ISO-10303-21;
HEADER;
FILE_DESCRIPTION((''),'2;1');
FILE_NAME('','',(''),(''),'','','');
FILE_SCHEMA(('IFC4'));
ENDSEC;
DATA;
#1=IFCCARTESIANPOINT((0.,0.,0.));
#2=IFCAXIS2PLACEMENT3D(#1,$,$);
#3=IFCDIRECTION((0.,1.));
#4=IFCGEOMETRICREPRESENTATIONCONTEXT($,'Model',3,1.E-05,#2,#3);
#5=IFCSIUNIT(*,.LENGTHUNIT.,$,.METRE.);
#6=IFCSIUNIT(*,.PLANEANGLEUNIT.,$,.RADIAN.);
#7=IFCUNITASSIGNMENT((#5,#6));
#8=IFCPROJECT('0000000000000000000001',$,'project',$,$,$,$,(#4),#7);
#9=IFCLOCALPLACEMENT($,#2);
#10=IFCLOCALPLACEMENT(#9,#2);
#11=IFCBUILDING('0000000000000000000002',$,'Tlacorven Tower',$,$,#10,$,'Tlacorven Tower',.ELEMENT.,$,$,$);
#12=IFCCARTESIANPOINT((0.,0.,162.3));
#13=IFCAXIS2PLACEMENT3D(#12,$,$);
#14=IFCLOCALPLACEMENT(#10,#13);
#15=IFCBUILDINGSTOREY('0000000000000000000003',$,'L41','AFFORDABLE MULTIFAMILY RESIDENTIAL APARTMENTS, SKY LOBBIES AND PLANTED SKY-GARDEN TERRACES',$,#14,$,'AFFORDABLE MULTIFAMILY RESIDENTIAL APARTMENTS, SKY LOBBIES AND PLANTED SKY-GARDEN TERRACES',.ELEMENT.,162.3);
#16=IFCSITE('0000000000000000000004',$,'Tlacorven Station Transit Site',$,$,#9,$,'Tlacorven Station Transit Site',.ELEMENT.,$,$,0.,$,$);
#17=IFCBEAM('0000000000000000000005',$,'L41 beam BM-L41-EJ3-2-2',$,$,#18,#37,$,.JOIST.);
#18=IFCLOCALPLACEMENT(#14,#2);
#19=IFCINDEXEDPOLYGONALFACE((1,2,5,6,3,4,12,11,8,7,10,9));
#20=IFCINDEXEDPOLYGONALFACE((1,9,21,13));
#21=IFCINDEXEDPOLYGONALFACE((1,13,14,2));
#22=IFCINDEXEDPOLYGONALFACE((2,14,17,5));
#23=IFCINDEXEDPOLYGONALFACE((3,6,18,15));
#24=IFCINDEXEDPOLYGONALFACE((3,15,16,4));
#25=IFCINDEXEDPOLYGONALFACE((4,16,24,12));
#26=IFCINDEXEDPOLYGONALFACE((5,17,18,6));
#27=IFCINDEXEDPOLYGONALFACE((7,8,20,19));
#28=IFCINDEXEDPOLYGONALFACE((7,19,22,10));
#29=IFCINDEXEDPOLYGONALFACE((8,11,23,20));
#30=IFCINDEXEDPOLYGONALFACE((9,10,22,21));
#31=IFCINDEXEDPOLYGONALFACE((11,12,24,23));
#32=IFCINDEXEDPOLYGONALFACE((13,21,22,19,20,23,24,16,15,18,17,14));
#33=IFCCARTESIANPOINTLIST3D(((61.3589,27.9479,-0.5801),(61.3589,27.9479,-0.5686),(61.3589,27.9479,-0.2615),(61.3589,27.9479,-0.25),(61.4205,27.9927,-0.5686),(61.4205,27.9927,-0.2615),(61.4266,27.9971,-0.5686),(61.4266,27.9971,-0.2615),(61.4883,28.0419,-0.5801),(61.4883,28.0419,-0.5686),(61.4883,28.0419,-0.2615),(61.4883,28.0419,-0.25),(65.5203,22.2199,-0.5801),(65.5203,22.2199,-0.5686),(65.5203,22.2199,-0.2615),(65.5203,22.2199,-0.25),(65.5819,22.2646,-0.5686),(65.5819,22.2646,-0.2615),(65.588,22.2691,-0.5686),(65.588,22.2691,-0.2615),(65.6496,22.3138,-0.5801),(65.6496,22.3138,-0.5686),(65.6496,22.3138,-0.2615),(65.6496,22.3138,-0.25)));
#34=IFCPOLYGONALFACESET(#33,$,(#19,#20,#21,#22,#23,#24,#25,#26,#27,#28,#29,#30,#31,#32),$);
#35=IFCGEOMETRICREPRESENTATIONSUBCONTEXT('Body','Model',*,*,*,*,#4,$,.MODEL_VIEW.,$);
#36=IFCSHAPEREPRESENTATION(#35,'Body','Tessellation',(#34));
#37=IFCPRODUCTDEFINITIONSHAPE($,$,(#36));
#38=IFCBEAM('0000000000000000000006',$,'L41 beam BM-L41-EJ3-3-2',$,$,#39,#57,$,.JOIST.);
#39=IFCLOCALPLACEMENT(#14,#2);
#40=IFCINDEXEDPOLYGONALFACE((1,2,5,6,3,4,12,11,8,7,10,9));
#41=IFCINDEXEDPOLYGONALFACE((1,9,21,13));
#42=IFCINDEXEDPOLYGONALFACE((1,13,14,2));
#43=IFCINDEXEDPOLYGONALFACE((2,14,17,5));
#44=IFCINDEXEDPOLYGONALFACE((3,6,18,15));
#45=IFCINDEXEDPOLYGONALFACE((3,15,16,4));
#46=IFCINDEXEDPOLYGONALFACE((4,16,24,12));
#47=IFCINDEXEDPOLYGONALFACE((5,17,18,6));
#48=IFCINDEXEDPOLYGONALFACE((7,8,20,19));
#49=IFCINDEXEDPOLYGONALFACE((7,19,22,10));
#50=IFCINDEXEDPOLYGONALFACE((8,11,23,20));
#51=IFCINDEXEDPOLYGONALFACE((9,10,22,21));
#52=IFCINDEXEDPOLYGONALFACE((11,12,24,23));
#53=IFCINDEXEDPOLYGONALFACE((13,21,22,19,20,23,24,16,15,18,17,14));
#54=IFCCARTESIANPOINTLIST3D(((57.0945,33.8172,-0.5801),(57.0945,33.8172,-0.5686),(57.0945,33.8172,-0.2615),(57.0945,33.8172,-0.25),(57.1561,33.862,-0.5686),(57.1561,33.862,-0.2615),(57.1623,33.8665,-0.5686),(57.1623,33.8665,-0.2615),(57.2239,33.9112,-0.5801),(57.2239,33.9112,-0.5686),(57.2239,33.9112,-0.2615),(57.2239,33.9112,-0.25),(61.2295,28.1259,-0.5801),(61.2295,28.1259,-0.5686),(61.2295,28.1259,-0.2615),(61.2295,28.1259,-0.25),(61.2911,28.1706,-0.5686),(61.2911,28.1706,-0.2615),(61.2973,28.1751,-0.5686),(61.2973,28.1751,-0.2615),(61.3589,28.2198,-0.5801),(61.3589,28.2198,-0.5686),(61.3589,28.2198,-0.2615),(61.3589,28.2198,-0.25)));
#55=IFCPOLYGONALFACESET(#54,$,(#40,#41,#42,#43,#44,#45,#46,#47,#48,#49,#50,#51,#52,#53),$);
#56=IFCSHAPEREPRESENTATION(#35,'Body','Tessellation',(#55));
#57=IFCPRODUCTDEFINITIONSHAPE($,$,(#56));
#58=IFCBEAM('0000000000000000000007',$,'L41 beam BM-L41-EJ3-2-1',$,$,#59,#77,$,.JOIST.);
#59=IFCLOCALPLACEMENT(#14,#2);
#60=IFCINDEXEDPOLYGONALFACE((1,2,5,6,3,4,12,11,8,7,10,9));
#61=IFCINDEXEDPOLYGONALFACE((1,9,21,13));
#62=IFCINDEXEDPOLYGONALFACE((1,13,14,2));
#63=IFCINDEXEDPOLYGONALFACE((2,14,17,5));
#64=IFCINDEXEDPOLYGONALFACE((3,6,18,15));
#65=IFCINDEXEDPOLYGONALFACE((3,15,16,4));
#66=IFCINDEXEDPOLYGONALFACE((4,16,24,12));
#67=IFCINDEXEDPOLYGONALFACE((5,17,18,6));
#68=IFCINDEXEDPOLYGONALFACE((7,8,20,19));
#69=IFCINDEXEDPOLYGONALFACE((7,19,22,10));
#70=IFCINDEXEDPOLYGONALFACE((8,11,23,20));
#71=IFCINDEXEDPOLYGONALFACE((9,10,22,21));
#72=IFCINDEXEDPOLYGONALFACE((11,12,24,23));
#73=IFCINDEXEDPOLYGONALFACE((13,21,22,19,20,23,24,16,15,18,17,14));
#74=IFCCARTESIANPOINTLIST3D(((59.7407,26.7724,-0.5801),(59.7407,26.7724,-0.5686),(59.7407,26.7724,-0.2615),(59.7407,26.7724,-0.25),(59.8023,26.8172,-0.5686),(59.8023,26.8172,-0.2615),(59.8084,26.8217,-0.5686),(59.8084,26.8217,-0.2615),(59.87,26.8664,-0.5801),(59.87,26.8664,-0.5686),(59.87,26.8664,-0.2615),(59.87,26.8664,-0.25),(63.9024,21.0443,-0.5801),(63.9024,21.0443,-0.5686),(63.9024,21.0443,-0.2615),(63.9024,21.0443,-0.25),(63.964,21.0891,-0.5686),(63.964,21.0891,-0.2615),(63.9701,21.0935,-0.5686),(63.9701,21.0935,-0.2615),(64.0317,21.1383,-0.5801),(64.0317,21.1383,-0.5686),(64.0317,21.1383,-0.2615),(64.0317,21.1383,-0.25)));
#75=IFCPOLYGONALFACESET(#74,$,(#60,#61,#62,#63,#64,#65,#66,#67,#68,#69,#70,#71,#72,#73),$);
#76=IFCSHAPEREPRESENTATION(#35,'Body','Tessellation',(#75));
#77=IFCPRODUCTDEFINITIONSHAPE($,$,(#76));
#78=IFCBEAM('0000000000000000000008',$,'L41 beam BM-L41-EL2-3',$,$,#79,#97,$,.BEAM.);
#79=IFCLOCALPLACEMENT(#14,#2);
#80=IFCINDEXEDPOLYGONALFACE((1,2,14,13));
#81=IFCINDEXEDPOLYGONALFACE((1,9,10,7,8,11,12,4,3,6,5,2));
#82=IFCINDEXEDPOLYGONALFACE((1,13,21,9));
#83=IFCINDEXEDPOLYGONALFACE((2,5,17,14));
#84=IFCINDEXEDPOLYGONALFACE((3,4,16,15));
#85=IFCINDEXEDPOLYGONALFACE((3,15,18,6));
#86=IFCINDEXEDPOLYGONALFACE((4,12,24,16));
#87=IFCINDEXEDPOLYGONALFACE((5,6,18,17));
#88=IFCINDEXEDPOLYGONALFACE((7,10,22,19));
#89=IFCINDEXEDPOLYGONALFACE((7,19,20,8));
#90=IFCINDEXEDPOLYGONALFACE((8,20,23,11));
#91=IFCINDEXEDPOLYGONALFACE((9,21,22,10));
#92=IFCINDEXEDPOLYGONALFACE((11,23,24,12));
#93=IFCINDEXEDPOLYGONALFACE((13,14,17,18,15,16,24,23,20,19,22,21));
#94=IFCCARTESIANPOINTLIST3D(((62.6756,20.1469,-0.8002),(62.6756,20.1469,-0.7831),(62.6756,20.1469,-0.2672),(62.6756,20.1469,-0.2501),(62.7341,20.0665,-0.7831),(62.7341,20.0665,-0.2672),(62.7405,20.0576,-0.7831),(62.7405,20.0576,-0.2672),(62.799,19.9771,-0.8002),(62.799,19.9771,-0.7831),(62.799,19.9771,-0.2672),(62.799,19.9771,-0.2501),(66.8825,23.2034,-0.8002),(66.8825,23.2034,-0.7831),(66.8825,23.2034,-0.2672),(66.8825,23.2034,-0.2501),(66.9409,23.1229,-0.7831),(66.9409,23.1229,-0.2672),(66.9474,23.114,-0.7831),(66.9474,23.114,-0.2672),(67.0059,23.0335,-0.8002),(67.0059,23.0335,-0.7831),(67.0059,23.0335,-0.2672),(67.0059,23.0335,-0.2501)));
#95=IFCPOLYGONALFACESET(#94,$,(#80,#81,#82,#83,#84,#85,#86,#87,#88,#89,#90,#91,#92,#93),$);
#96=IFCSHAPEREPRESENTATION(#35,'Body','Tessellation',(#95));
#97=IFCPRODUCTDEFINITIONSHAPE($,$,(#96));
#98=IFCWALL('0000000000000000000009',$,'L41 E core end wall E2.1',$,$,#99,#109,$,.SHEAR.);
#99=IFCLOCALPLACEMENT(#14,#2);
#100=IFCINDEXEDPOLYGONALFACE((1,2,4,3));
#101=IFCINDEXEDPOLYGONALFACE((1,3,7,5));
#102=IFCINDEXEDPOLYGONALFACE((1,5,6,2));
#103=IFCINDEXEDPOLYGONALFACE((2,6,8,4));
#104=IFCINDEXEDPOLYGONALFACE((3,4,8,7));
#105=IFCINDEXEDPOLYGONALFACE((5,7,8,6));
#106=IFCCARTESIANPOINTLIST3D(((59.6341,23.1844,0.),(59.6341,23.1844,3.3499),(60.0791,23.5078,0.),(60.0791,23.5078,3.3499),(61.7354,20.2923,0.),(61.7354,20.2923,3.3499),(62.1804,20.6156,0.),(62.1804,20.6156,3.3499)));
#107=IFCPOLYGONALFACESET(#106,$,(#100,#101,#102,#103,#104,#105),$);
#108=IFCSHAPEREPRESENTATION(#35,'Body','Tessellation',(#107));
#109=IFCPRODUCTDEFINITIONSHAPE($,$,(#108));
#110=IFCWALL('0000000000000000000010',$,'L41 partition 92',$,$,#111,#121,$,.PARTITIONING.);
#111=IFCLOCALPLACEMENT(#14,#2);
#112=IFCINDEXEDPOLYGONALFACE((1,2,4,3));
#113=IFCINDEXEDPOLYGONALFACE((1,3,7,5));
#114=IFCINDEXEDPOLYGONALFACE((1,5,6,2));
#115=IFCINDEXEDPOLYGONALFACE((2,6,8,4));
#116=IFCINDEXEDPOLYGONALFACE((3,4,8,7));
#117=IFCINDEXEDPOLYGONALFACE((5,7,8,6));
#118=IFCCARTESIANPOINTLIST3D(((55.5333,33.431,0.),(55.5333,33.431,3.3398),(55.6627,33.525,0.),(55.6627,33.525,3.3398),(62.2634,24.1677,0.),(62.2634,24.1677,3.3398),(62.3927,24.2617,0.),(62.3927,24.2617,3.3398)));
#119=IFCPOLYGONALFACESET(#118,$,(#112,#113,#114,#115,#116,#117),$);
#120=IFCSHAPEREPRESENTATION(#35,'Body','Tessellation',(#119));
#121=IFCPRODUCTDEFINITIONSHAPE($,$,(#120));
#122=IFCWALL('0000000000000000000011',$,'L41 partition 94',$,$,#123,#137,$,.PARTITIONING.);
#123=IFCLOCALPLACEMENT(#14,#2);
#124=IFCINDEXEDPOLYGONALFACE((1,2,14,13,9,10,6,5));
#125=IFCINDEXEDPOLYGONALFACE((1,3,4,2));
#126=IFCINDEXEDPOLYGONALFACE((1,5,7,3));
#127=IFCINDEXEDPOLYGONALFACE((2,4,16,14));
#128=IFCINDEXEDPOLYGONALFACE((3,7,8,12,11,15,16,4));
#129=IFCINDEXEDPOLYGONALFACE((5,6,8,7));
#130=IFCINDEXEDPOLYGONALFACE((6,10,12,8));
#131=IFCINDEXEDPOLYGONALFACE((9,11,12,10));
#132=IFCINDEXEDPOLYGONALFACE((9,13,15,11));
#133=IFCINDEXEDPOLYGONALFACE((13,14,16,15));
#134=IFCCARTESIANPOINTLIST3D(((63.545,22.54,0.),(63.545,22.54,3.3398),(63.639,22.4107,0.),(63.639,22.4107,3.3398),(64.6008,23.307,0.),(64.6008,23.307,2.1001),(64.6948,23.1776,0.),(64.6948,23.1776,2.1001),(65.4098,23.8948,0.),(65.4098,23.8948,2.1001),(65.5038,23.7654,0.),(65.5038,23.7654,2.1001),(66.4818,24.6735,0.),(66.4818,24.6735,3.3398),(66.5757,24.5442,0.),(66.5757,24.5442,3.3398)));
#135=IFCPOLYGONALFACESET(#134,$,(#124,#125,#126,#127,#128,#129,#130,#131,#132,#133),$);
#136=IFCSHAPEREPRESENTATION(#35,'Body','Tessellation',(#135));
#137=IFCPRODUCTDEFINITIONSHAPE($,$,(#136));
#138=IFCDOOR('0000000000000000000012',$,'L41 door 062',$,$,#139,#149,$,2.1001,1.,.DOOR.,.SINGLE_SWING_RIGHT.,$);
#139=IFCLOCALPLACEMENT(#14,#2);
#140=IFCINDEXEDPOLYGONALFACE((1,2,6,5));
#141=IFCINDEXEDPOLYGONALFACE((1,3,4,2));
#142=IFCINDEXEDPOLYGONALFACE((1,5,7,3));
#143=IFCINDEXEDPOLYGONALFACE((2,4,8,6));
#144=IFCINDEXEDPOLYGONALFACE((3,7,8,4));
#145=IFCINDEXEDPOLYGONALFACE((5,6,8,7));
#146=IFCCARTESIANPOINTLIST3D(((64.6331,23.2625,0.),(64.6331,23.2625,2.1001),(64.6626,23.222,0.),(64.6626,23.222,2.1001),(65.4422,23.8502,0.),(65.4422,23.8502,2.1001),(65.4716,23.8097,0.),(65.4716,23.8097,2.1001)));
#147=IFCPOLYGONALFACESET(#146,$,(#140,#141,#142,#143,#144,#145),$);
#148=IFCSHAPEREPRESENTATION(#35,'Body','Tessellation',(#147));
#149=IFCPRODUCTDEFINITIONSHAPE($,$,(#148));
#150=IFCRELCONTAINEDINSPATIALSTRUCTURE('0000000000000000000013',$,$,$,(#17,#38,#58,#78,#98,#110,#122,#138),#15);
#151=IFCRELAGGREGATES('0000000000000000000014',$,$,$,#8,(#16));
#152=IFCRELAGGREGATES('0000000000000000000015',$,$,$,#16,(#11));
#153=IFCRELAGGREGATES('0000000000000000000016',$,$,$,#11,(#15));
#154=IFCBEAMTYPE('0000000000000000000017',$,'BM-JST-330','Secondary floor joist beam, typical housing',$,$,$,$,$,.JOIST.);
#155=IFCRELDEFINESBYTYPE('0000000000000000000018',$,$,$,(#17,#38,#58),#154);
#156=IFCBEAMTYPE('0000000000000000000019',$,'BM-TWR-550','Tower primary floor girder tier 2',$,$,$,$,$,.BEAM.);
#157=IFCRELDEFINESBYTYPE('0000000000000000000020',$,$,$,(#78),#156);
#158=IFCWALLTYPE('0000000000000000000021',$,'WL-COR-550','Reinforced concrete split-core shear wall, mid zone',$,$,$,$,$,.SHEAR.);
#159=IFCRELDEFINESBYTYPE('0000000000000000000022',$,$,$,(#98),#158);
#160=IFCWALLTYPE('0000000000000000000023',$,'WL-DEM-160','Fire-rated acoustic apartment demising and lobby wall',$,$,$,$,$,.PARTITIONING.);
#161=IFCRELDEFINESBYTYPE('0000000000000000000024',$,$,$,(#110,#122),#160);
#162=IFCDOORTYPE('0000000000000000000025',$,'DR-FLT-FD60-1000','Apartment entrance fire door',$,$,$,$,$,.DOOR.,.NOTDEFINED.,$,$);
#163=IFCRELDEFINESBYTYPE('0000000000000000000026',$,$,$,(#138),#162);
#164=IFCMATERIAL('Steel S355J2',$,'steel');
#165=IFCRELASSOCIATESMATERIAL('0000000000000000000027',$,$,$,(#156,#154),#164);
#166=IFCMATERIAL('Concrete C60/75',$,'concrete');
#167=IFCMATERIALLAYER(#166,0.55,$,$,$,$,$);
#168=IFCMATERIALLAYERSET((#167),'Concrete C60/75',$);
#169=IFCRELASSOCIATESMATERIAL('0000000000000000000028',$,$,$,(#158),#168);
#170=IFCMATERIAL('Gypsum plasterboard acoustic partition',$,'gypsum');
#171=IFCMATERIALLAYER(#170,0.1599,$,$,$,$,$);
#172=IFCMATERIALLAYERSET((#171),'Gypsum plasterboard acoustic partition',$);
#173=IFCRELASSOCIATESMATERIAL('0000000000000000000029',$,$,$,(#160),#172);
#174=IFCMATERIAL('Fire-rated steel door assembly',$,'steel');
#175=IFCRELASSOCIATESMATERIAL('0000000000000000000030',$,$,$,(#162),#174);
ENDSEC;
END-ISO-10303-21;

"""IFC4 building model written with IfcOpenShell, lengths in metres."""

from ifc_helpers import new_model, si_unit, direction, frame, frame_2d, origin, origin_2d, place, context, subcontext, project, spatial, rectangle, i_section, extrude, source, transform, mapped, material, layer, layer_set, material_profile, profile_set, type_object, element, fill, save


model = new_model("IFC4")

# Units and contexts
model_context = context("Model", 3, precision=1e-05, world=origin(), true_north=direction((0.0, 1.0)))
body_context = subcontext(model_context, "Body", "Model", "MODEL_VIEW")
ifc_project = project(units=[si_unit("LENGTHUNIT", "METRE"), si_unit("PLANEANGLEUNIT", "RADIAN")], contexts=[model_context])

# Site, building, storey
site_placement = place(None, origin())
site = spatial("IfcSite", under=ifc_project, at=site_placement, Name="Tlacorven Station Transit Site", LongName="Tlacorven Station Transit Site", CompositionType="ELEMENT", RefElevation=0.0)
building_placement = place(site_placement, origin())
building = spatial("IfcBuilding", under=site, at=building_placement, Name="Tlacorven Tower", LongName="Tlacorven Tower", CompositionType="ELEMENT")
storey_placement = place(building_placement, frame((0.0, 0.0, 162.3)))
storey = spatial("IfcBuildingStorey", under=building, at=storey_placement, Name="L41", Description="AFFORDABLE MULTIFAMILY RESIDENTIAL APARTMENTS, SKY LOBBIES AND PLANTED SKY-GARDEN TERRACES", LongName="AFFORDABLE MULTIFAMILY RESIDENTIAL APARTMENTS, SKY LOBBIES AND PLANTED SKY-GARDEN TERRACES", CompositionType="ELEMENT", Elevation=162.3)

# Beams
ifc_material_1 = material(Name="Concrete C60/75", Category="concrete")
ifc_material_2 = material(Name="Steel S355J2", Category="steel")
ifc_material_profile_1 = material_profile(ifc_material_2, i_section(OverallWidth=0.21, OverallDepth=0.55, WebThickness=0.011, FlangeThickness=0.0171, at=origin_2d()), Name="IPE 550")
ifc_profile_set_1 = profile_set([ifc_material_profile_1], Name="Steel S355J2")
beam_type_1 = type_object("IfcBeamType", Name="BM-TWR-550", Description="Tower primary floor girder tier 2", PredefinedType="BEAM", material=ifc_profile_set_1)
ifc_material_profile_2 = material_profile(ifc_material_2, i_section(OverallWidth=0.1599, OverallDepth=0.3301, WebThickness=0.0076, FlangeThickness=0.0115, at=origin_2d()), Name="IPE 330")
ifc_profile_set_2 = profile_set([ifc_material_profile_2], Name="Steel S355J2")
beam_type_2 = type_object("IfcBeamType", Name="BM-JST-330", Description="Secondary floor joist beam, typical housing", PredefinedType="JOIST", material=ifc_profile_set_2)
shared_shape_1 = source(origin(), body_context, "Body", "SweptSolid", [
    extrude(i_section(OverallWidth=0.1599, OverallDepth=0.3301, WebThickness=0.0076, FlangeThickness=0.0115, at=origin_2d()), origin(), (0.0, 0.0, 1.0), 7.0801),
])
beam_1_placement = place(storey_placement, frame((65.585, 22.2668, -0.415), z_axis=(-0.58776, 0.809036, 0.0), x_axis=(-0.809036, -0.58776, 0.0)))
element("IfcBeam", 1, at=beam_1_placement, inside=storey, type_object=beam_type_2, Name="L41 beam BM-L41-EJ3-2-2", PredefinedType="JOIST", context=body_context, shape_type="MappedRepresentation", body=[
    mapped(shared_shape_1, transform((0.0, 0.0, 0.0), scale=1.0)),
])
shared_shape_2 = source(origin(), body_context, "Body", "SweptSolid", [
    extrude(i_section(OverallWidth=0.1599, OverallDepth=0.3301, WebThickness=0.0076, FlangeThickness=0.0115, at=origin_2d()), origin(), (0.0, 0.0, 1.0), 7.0349),
])
beam_2_placement = place(storey_placement, frame((61.2942, 28.1729, -0.415), z_axis=(-0.587782, 0.80902, 0.0), x_axis=(-0.80902, -0.587782, 0.0)))
element("IfcBeam", 2, at=beam_2_placement, inside=storey, type_object=beam_type_2, Name="L41 beam BM-L41-EJ3-3-2", PredefinedType="JOIST", context=body_context, shape_type="MappedRepresentation", body=[
    mapped(shared_shape_2, transform((0.0, 0.0, 0.0), scale=1.0)),
])
shared_shape_3 = source(origin(), body_context, "Body", "SweptSolid", [
    extrude(i_section(OverallWidth=0.1599, OverallDepth=0.3301, WebThickness=0.0076, FlangeThickness=0.0115, at=origin_2d()), origin(), (0.0, 0.0, 1.0), 7.0803),
])
beam_3_placement = place(storey_placement, frame((63.967, 21.0913, -0.415), z_axis=(-0.587782, 0.809019, 0.0), x_axis=(-0.809019, -0.587782, 0.0)))
element("IfcBeam", 3, at=beam_3_placement, inside=storey, type_object=beam_type_2, Name="L41 beam BM-L41-EJ3-2-1", PredefinedType="JOIST", context=body_context, shape_type="MappedRepresentation", body=[
    mapped(shared_shape_3, transform((0.0, 0.0, 0.0), scale=1.0)),
])
shared_shape_4 = source(origin(), body_context, "Body", "SweptSolid", [
    extrude(i_section(OverallWidth=0.21, OverallDepth=0.55, WebThickness=0.011, FlangeThickness=0.0171, at=origin_2d()), origin(), (0.0, 0.0, 1.0), 5.2),
])
beam_4_placement = place(storey_placement, frame((62.7373, 20.062, -0.5251), z_axis=(0.809018, 0.587784, 0.0), x_axis=(-0.587784, 0.809018, 0.0)))
element("IfcBeam", 4, at=beam_4_placement, inside=storey, type_object=beam_type_1, Name="L41 beam BM-L41-EL2-3", PredefinedType="BEAM", context=body_context, shape_type="MappedRepresentation", body=[
    mapped(shared_shape_4, transform((0.0, 0.0, 0.0), scale=1.0)),
])

# Walls
ifc_layer_1 = layer(ifc_material_1, 0.55)
ifc_layer_set_1 = layer_set([ifc_layer_1], Name="Concrete C60/75")
wall_type_1 = type_object("IfcWallType", Name="WL-COR-550", Description="Reinforced concrete split-core shear wall, mid zone", PredefinedType="SHEAR", material=ifc_layer_set_1)
wall_1_placement = place(storey_placement, frame((61.958, 20.4539, 0.0), z_axis=(0.0, 0.0, 1.0), x_axis=(-0.587802, 0.809005, 0.0)))
element("IfcWall", 5, at=wall_1_placement, inside=storey, type_object=wall_type_1, Name="L41 E core end wall E2.1", PredefinedType="SHEAR", context=body_context, shape_type="SweptSolid", body=[
    extrude(rectangle(XDim=3.575, YDim=0.55, at=frame_2d((1.7876, 0.0))), origin(), (0.0, 0.0, 1.0), 3.3499),
])
ifc_material_3 = material(Name="Gypsum plasterboard acoustic partition", Category="gypsum")
ifc_layer_2 = layer(ifc_material_3, 0.1599)
ifc_layer_set_2 = layer_set([ifc_layer_2], Name="Gypsum plasterboard acoustic partition")
wall_type_2 = type_object("IfcWallType", Name="WL-DEM-160", Description="Fire-rated acoustic apartment demising and lobby wall", PredefinedType="PARTITIONING", material=ifc_layer_set_2)
wall_2_placement = place(storey_placement, frame((62.3281, 24.2146, 0.0), z_axis=(0.0, 0.0, 1.0), x_axis=(-0.587779, 0.809022, 0.0)))
element("IfcWall", 6, at=wall_2_placement, inside=storey, type_object=wall_type_2, Name="L41 partition 92", PredefinedType="PARTITIONING", context=body_context, shape_type="SweptSolid", body=[
    extrude(rectangle(XDim=11.45, YDim=0.1599, at=frame_2d((5.7251, 0.0))), origin(), (0.0, 0.0, 1.0), 3.3398),
])

# Wall, opening, door
wall_3_placement = place(storey_placement, frame((63.592, 22.4753, 0.0), z_axis=(0.0, 0.0, 1.0), x_axis=(0.809036, 0.58776, 0.0)))
wall_3 = element("IfcWall", 7, at=wall_3_placement, inside=storey, type_object=wall_type_2, Name="L41 partition 94", PredefinedType="PARTITIONING", context=body_context, shape_type="SweptSolid", body=[
    extrude(rectangle(XDim=3.6299, YDim=0.1599, at=frame_2d((1.8149, 0.0))), origin(), (0.0, 0.0, 1.0), 3.3398),
])
opening_1_placement = place(wall_3_placement, frame((1.3049, 0.0, 0.0)))
opening_1 = element("IfcOpeningElement", 8, at=opening_1_placement, cuts=wall_3, PredefinedType="OPENING", context=body_context, shape_type="SweptSolid", body=[
    extrude(rectangle(XDim=1.0, YDim=2.1001, at=frame_2d((0.5, 1.05))), frame((0.0, 0.0898, 0.0), z_axis=(0.0, -1.0, 0.0), x_axis=(1.0, 0.0, 0.0)), (0.0, 0.0, 1.0), 0.1799),
])
ifc_material_4 = material(Name="Fire-rated steel door assembly", Category="steel")
door_type_1 = type_object("IfcDoorType", Name="DR-FLT-FD60-1000", Description="Apartment entrance fire door", OperationType="NOTDEFINED", PredefinedType="DOOR", material=ifc_material_4)
shared_shape_5 = source(origin(), body_context, "Body", "SweptSolid", [
    extrude(rectangle(XDim=1.0, YDim=2.1001, at=frame_2d((0.5, 1.05))), frame((0.0, 0.0249, 0.0), z_axis=(0.0, -1.0, 0.0), x_axis=(1.0, 0.0, 0.0)), (0.0, 0.0, 1.0), 0.05),
])
door_1_placement = place(opening_1_placement, origin())
door_1 = element("IfcDoor", 9, at=door_1_placement, inside=storey, type_object=door_type_1, Name="L41 door 062", OperationType="SINGLE_SWING_RIGHT", OverallHeight=2.1001, OverallWidth=1.0, PredefinedType="DOOR", context=body_context, shape_type="MappedRepresentation", body=[
    mapped(shared_shape_5, transform((0.0, 0.0, 0.0), scale=1.0)),
])
fill(opening_1, door_1)

save(model, "model.ifc")
